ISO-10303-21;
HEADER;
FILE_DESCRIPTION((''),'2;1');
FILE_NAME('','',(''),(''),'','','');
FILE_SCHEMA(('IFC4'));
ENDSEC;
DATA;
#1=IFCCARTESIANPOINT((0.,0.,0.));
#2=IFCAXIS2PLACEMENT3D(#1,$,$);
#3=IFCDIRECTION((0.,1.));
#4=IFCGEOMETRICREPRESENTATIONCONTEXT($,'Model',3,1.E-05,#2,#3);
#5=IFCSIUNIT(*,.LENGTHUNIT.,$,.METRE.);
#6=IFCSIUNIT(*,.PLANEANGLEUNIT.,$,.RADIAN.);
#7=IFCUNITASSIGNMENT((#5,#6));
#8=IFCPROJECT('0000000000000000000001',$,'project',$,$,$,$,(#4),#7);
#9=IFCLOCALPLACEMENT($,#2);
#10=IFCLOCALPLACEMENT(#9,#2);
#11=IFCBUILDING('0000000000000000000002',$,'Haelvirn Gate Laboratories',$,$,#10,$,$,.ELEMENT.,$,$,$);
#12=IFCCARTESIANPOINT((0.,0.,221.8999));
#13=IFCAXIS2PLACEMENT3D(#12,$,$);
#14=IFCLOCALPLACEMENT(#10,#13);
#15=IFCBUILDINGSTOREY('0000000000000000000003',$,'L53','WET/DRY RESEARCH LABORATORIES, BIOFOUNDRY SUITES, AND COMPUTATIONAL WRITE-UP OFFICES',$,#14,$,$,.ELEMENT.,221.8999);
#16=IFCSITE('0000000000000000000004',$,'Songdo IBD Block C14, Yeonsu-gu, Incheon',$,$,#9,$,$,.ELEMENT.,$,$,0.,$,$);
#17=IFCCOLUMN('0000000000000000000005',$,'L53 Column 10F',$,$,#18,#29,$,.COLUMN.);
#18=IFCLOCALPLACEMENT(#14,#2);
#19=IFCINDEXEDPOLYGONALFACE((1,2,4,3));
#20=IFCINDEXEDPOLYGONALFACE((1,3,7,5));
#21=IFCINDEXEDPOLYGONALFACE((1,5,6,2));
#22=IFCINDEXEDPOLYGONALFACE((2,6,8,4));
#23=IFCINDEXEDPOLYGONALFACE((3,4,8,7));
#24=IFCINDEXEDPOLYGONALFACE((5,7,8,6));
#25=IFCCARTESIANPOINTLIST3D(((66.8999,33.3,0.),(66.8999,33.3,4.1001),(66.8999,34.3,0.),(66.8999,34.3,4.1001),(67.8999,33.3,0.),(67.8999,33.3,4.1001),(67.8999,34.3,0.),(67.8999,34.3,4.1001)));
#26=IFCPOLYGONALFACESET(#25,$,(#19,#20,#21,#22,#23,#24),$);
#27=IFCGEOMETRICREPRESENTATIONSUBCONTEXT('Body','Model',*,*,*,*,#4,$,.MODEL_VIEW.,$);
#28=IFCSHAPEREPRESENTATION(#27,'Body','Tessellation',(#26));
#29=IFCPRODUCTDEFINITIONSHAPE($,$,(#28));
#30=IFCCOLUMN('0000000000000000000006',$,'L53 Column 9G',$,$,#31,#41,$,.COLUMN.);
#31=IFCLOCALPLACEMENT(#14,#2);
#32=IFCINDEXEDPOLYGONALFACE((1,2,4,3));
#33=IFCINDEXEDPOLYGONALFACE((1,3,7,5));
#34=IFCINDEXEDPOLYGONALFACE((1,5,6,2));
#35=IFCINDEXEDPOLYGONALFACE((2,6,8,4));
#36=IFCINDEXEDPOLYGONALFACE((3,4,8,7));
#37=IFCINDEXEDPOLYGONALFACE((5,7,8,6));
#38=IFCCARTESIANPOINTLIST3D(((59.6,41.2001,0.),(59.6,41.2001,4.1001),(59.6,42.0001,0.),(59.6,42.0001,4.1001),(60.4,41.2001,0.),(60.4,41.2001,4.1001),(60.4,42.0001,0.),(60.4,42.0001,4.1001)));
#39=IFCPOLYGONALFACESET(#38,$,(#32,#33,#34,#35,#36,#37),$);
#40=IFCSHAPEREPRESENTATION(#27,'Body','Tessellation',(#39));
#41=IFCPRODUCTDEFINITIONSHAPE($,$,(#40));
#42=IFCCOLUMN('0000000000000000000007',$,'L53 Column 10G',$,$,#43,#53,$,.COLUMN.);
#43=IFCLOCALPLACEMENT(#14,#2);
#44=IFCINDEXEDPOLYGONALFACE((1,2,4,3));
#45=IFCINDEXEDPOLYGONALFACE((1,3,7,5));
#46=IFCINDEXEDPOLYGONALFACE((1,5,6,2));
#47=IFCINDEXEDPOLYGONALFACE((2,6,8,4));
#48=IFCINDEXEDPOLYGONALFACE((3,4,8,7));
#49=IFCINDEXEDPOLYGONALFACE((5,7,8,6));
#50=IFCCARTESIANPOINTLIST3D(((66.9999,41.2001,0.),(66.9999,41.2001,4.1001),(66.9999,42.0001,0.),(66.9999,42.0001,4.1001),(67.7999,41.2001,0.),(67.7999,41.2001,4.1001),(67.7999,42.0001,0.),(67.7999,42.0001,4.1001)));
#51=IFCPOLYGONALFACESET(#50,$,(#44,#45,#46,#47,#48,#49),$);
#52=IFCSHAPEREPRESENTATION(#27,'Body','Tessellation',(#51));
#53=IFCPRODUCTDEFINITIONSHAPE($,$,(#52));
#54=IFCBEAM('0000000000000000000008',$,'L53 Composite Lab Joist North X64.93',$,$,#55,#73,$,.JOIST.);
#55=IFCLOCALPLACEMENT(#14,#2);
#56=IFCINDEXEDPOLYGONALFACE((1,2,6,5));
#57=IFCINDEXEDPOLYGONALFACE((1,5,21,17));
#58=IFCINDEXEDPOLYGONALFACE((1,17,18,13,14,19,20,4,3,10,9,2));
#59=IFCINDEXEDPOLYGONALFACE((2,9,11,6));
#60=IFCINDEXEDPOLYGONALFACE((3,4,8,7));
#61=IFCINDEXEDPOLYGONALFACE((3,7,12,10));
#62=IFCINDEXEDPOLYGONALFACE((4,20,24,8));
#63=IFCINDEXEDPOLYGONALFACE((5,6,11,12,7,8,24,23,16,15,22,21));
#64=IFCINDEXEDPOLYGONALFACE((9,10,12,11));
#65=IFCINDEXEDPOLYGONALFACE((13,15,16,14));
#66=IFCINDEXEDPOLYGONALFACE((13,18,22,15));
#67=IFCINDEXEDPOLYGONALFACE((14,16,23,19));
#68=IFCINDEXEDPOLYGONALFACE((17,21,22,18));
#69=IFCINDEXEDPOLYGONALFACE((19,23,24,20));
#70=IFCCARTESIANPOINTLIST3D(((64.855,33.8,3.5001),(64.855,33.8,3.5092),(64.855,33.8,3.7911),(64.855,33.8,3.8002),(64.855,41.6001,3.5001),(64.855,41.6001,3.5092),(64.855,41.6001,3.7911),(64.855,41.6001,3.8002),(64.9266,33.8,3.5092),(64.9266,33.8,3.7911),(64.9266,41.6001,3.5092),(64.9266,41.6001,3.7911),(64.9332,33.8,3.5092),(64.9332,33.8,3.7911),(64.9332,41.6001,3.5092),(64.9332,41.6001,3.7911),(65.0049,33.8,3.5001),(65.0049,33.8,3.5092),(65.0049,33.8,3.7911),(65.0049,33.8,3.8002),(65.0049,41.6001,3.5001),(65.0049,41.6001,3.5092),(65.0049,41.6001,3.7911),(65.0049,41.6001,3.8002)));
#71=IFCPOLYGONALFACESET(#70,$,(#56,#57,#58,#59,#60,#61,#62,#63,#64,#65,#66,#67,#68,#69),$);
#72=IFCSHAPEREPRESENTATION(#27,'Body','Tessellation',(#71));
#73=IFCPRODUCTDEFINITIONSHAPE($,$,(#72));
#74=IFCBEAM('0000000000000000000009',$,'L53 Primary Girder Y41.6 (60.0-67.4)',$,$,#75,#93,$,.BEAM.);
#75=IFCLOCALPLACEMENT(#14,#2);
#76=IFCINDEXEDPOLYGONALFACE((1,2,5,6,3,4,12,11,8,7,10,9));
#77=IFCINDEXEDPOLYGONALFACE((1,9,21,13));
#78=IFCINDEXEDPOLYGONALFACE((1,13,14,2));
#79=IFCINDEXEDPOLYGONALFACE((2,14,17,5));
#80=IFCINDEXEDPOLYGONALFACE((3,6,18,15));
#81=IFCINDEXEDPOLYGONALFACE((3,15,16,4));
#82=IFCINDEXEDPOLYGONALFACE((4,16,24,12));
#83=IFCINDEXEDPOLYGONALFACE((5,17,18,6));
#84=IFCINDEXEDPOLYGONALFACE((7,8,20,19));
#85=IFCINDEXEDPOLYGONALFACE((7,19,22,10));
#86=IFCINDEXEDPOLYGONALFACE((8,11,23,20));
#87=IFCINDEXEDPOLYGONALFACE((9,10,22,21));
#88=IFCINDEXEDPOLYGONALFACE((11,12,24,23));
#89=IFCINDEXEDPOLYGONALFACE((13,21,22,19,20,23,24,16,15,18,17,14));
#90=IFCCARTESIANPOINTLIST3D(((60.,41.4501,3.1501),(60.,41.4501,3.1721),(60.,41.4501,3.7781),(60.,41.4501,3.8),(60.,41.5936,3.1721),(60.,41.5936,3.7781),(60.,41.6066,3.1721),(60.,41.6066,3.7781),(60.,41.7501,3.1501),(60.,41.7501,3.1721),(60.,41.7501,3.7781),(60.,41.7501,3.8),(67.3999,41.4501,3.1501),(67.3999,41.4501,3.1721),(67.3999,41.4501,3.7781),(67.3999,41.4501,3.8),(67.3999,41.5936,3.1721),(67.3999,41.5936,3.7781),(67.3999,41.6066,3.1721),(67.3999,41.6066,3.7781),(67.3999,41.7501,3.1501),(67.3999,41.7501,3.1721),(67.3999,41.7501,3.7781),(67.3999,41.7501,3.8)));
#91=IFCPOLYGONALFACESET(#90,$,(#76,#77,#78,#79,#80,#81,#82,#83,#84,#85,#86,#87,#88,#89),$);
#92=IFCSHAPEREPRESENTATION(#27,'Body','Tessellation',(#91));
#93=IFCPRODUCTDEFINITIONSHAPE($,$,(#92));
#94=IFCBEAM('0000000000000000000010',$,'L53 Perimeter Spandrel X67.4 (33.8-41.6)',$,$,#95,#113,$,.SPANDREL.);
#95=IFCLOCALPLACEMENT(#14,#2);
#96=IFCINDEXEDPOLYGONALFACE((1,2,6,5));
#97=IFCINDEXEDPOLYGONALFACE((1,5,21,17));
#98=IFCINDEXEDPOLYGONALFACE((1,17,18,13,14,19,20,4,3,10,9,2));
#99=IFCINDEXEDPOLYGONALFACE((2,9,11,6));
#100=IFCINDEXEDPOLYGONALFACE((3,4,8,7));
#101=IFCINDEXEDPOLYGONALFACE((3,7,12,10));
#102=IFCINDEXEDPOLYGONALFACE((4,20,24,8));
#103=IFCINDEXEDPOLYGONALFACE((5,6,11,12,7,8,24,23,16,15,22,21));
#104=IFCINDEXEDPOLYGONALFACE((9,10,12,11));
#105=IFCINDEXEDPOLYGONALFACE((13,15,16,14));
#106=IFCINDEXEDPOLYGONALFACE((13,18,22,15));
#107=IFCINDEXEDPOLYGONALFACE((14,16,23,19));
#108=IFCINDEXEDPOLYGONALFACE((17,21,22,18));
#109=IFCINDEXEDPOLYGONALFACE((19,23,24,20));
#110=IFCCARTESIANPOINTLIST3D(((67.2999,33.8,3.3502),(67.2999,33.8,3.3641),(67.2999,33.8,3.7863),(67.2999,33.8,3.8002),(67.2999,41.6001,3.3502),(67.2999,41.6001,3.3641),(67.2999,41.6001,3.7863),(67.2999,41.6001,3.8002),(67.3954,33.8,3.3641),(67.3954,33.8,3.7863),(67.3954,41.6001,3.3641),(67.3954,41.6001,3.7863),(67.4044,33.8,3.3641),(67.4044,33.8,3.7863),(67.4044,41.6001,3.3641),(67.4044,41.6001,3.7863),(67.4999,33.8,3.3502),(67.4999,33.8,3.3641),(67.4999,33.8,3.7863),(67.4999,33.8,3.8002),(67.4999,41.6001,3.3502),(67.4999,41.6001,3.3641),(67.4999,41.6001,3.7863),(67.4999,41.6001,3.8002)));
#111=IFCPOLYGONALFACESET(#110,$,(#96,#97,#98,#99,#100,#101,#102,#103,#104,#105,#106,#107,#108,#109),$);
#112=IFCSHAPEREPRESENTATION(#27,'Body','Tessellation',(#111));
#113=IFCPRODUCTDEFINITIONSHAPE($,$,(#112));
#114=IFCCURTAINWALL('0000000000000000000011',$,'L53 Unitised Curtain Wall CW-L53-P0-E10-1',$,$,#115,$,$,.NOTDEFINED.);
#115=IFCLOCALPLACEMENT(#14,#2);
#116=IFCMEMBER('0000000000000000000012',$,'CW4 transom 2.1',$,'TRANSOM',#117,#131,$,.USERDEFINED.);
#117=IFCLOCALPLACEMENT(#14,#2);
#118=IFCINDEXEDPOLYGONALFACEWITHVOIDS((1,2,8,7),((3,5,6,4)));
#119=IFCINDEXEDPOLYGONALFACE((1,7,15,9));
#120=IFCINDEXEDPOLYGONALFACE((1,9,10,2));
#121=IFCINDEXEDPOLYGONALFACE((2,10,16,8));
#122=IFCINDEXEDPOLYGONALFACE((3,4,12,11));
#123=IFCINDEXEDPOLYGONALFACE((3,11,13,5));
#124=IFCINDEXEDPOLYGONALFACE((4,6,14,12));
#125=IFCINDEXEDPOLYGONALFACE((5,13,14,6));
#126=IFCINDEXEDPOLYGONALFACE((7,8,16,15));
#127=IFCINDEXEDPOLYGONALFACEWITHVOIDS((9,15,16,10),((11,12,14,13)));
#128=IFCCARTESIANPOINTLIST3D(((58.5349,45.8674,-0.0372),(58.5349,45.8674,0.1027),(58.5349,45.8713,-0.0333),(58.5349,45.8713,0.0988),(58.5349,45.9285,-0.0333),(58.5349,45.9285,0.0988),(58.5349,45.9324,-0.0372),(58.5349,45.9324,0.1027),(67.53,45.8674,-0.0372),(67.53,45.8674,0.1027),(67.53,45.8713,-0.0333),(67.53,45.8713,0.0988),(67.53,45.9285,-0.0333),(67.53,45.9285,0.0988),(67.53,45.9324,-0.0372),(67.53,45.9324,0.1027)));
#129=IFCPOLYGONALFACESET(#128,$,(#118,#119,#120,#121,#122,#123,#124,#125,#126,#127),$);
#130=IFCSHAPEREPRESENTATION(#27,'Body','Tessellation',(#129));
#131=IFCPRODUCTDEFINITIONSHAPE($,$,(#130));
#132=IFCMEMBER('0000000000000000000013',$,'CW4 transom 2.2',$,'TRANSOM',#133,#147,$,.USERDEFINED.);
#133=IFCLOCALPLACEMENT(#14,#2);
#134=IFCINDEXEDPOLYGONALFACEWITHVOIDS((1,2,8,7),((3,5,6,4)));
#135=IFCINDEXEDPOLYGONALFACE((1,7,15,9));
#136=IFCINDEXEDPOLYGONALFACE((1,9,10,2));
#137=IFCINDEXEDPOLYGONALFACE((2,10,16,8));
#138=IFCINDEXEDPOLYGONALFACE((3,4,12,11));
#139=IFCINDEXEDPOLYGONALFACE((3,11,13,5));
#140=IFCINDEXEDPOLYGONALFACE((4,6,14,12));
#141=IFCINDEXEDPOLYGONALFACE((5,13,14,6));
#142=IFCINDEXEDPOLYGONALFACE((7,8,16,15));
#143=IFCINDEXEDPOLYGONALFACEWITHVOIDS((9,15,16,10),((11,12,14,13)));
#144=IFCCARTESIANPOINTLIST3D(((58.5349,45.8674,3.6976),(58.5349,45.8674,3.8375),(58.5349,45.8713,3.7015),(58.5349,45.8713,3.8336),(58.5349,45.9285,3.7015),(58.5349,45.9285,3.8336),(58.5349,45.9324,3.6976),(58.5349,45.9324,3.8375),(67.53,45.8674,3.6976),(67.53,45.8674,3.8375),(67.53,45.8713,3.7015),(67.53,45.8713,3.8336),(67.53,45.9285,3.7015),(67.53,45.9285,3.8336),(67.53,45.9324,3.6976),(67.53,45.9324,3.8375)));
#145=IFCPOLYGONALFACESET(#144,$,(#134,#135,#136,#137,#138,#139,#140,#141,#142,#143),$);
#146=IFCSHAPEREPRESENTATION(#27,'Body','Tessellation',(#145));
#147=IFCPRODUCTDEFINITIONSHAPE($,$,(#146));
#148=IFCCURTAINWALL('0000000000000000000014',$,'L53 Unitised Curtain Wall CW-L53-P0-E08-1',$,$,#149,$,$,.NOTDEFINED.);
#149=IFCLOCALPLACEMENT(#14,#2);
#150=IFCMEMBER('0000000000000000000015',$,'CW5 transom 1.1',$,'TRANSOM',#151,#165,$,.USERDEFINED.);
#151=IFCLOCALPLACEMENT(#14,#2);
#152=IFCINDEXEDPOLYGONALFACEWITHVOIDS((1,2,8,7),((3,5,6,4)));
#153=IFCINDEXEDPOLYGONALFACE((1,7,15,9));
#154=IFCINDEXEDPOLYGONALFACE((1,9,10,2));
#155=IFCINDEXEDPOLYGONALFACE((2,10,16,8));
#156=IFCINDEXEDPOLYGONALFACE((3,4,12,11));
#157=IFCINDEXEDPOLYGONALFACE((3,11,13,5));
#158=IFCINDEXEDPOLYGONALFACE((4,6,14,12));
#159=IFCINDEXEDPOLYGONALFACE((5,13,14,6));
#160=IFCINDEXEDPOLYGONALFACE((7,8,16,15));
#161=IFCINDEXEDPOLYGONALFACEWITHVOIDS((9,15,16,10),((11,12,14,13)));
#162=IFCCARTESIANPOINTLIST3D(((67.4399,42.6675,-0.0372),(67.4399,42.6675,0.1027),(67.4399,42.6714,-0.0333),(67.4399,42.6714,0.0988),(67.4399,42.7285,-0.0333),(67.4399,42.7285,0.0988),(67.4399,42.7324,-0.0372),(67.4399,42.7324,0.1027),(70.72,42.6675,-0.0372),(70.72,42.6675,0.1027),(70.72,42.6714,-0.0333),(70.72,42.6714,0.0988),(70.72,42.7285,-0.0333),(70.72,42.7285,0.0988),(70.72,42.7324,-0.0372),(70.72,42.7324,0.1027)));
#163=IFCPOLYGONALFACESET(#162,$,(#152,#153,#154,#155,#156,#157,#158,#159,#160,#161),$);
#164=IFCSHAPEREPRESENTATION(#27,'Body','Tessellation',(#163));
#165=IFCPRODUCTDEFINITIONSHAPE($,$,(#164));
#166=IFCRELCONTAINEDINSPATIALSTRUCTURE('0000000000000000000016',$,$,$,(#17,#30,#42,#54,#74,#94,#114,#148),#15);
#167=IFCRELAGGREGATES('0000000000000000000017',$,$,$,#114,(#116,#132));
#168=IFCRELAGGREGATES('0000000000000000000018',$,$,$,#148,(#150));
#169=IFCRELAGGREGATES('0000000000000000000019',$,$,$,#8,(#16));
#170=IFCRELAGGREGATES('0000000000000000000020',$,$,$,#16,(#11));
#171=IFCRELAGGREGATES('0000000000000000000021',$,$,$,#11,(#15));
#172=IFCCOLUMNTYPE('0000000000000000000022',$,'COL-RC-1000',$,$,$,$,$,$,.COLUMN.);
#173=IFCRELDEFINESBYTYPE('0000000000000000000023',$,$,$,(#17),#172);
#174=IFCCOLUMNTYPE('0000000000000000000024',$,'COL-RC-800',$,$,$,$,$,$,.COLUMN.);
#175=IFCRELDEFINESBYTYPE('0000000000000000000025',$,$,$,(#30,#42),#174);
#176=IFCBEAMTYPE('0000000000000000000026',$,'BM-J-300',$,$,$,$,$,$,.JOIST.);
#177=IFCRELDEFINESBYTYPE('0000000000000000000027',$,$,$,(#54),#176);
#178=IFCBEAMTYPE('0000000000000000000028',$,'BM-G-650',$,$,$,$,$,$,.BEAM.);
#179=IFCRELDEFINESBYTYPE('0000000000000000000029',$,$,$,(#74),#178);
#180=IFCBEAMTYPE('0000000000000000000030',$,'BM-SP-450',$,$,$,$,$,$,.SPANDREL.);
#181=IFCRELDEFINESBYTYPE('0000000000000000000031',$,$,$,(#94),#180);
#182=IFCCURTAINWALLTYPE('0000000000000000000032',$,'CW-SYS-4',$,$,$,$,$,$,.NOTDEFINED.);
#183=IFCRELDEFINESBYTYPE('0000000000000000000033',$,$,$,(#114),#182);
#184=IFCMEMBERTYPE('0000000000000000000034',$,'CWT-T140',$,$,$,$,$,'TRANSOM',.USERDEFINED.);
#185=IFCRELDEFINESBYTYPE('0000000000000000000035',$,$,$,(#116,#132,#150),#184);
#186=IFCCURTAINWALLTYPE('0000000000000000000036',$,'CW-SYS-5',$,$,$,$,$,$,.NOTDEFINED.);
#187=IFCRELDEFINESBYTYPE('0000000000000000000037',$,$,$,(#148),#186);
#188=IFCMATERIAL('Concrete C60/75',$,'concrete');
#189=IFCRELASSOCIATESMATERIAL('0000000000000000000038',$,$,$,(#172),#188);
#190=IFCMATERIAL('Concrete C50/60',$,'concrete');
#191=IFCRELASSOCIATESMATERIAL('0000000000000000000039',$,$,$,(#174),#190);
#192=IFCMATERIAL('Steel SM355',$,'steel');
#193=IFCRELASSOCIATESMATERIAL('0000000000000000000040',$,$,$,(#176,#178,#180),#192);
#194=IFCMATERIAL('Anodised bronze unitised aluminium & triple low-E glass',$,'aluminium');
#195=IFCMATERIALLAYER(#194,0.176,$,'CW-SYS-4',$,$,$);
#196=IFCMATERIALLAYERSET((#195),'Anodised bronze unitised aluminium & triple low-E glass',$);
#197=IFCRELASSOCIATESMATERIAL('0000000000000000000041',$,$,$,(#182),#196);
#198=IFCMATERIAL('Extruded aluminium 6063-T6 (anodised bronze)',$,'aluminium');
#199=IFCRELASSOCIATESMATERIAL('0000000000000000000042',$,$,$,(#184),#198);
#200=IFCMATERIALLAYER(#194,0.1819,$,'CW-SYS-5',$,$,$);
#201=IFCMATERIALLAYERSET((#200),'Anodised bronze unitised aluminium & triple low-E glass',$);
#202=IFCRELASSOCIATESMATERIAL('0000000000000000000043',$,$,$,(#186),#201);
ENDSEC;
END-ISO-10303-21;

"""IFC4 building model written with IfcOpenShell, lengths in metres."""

from ifc_helpers import new_model, si_unit, direction, frame, origin, origin_2d, place, context, subcontext, project, spatial, rectangle, hollow_rectangle, i_section, extrude, source, transform, mapped, material, layer, layer_set, material_profile, profile_set, type_object, type_shapes, element, aggregate, save


model = new_model("IFC4")

# Units and contexts
model_context = context("Model", 3, precision=1e-05, world=origin(), true_north=direction((0.0, 1.0)))
body_context = subcontext(model_context, "Body", "Model", "MODEL_VIEW")
ifc_project = project(units=[si_unit("LENGTHUNIT", "METRE"), si_unit("PLANEANGLEUNIT", "RADIAN")], contexts=[model_context])

# Site, building, storey
site_placement = place(None, origin())
site = spatial("IfcSite", under=ifc_project, at=site_placement, Name="Songdo IBD Block C14, Yeonsu-gu, Incheon", CompositionType="ELEMENT", RefElevation=0.0)
building_placement = place(site_placement, origin())
building = spatial("IfcBuilding", under=site, at=building_placement, Name="Haelvirn Gate Laboratories", CompositionType="ELEMENT")
storey_placement = place(building_placement, frame((0.0, 0.0, 221.8999)))
storey = spatial("IfcBuildingStorey", under=building, at=storey_placement, Name="L53", Description="WET/DRY RESEARCH LABORATORIES, BIOFOUNDRY SUITES, AND COMPUTATIONAL WRITE-UP OFFICES", CompositionType="ELEMENT", Elevation=221.8999)

# Columns
ifc_material_1 = material(Name="Concrete C60/75", Category="concrete")
ifc_material_profile_1 = material_profile(ifc_material_1, rectangle(XDim=1.0, YDim=1.0, at=origin_2d()), Name="RC-1000x1000")
ifc_profile_set_1 = profile_set([ifc_material_profile_1], Name="Concrete C60/75")
column_type_1 = type_object("IfcColumnType", Name="COL-RC-1000", PredefinedType="COLUMN", material=ifc_profile_set_1)
shared_shape_1 = source(origin(), body_context, "Body", "SweptSolid", [
    extrude(rectangle(XDim=1.0, YDim=1.0, at=origin_2d()), origin(), (0.0, 0.0, 1.0), 4.1001),
])
type_shapes(column_type_1, [shared_shape_1])
column_placement = place(storey_placement, frame((67.3999, 33.8, 0.0), z_axis=(0.0, 0.0, 1.0), x_axis=(1.0, 0.0, 0.0)))
element("IfcColumn", 1, at=column_placement, inside=storey, type_object=column_type_1, Name="L53 Column 10F", PredefinedType="COLUMN", context=body_context, shape_type="MappedRepresentation", body=[
    mapped(shared_shape_1, transform((0.0, 0.0, 0.0), scale=1.0)),
])
ifc_material_2 = material(Name="Concrete C50/60", Category="concrete")
ifc_material_profile_2 = material_profile(ifc_material_2, rectangle(XDim=0.8, YDim=0.8, at=origin_2d()), Name="RC-800x800")
ifc_profile_set_2 = profile_set([ifc_material_profile_2], Name="Concrete C50/60")
column_type_2 = type_object("IfcColumnType", Name="COL-RC-800", PredefinedType="COLUMN", material=ifc_profile_set_2)
shared_shape_2 = source(origin(), body_context, "Body", "SweptSolid", [
    extrude(rectangle(XDim=0.8, YDim=0.8, at=origin_2d()), origin(), (0.0, 0.0, 1.0), 4.1001),
])
type_shapes(column_type_2, [shared_shape_2])
for number, where, z_axis, x_axis, name in (
    (2, (60.0, 41.6001, 0.0), (0.0, 0.0, 1.0), (1.0, 0.0, 0.0), "L53 Column 9G"),
    (3, (67.3999, 41.6001, 0.0), (0.0, 0.0, 1.0), (1.0, 0.0, 0.0), "L53 Column 10G"),
):
    element("IfcColumn", number, at=place(storey_placement, frame(where, z_axis=z_axis, x_axis=x_axis)), inside=storey, type_object=column_type_2, Name=name, PredefinedType="COLUMN", context=body_context, shape_type="MappedRepresentation", body=[
        mapped(shared_shape_2, transform((0.0, 0.0, 0.0), scale=1.0)),
    ])

# Beams
ifc_material_3 = material(Name="Steel SM355", Category="steel")
ifc_material_profile_3 = material_profile(ifc_material_3, i_section(OverallWidth=0.1499, OverallDepth=0.3, WebThickness=0.0066, FlangeThickness=0.009, at=origin_2d()), Name="H-300x150x6.5x9")
ifc_profile_set_3 = profile_set([ifc_material_profile_3], Name="Steel SM355")
beam_type_1 = type_object("IfcBeamType", Name="BM-J-300", PredefinedType="JOIST", material=ifc_profile_set_3)
shared_shape_3 = source(origin(), body_context, "Body", "SweptSolid", [
    extrude(i_section(OverallWidth=0.1499, OverallDepth=0.3, WebThickness=0.0066, FlangeThickness=0.009, at=origin_2d()), origin(), (0.0, 0.0, 1.0), 7.8),
])
type_shapes(beam_type_1, [shared_shape_3])
beam_1_placement = place(storey_placement, frame((64.9299, 33.8, 3.6501), z_axis=(0.0, 1.0, 0.0), x_axis=(-1.0, 0.0, 0.0)))
element("IfcBeam", 4, at=beam_1_placement, inside=storey, type_object=beam_type_1, Name="L53 Composite Lab Joist North X64.93", PredefinedType="JOIST", context=body_context, shape_type="MappedRepresentation", body=[
    mapped(shared_shape_3, transform((0.0, 0.0, 0.0), scale=1.0)),
])
ifc_material_profile_4 = material_profile(ifc_material_3, i_section(OverallWidth=0.3, OverallDepth=0.6499, WebThickness=0.0129, FlangeThickness=0.022, at=origin_2d()), Name="H-650x300x13x22")
ifc_profile_set_4 = profile_set([ifc_material_profile_4], Name="Steel SM355")
beam_type_2 = type_object("IfcBeamType", Name="BM-G-650", PredefinedType="BEAM", material=ifc_profile_set_4)
shared_shape_4 = source(origin(), body_context, "Body", "SweptSolid", [
    extrude(i_section(OverallWidth=0.3, OverallDepth=0.6499, WebThickness=0.0129, FlangeThickness=0.022, at=origin_2d()), origin(), (0.0, 0.0, 1.0), 7.3999),
])
type_shapes(beam_type_2, [shared_shape_4])
beam_2_placement = place(storey_placement, frame((60.0, 41.6001, 3.4751), z_axis=(1.0, 0.0, 0.0), x_axis=(0.0, 1.0, 0.0)))
element("IfcBeam", 5, at=beam_2_placement, inside=storey, type_object=beam_type_2, Name="L53 Primary Girder Y41.6 (60.0-67.4)", PredefinedType="BEAM", context=body_context, shape_type="MappedRepresentation", body=[
    mapped(shared_shape_4, transform((0.0, 0.0, 0.0), scale=1.0)),
])
ifc_material_profile_5 = material_profile(ifc_material_3, i_section(OverallWidth=0.2, OverallDepth=0.45, WebThickness=0.009, FlangeThickness=0.0139, at=origin_2d()), Name="H-450x200x9x14")
ifc_profile_set_5 = profile_set([ifc_material_profile_5], Name="Steel SM355")
beam_type_3 = type_object("IfcBeamType", Name="BM-SP-450", PredefinedType="SPANDREL", material=ifc_profile_set_5)
shared_shape_5 = source(origin(), body_context, "Body", "SweptSolid", [
    extrude(i_section(OverallWidth=0.2, OverallDepth=0.45, WebThickness=0.009, FlangeThickness=0.0139, at=origin_2d()), origin(), (0.0, 0.0, 1.0), 7.8),
])
type_shapes(beam_type_3, [shared_shape_5])
beam_3_placement = place(storey_placement, frame((67.3999, 33.8, 3.5752), z_axis=(0.0, 1.0, 0.0), x_axis=(-1.0, 0.0, 0.0)))
element("IfcBeam", 6, at=beam_3_placement, inside=storey, type_object=beam_type_3, Name="L53 Perimeter Spandrel X67.4 (33.8-41.6)", PredefinedType="SPANDREL", context=body_context, shape_type="MappedRepresentation", body=[
    mapped(shared_shape_5, transform((0.0, 0.0, 0.0), scale=1.0)),
])

# Curtain walls, members
ifc_material_4 = material(Name="Anodised bronze unitised aluminium & triple low-E glass", Category="aluminium")
ifc_layer_1 = layer(ifc_material_4, 0.176, Name="CW-SYS-4")
ifc_layer_set_1 = layer_set([ifc_layer_1], Name="Anodised bronze unitised aluminium & triple low-E glass")
curtain_wall_type_1 = type_object("IfcCurtainWallType", Name="CW-SYS-4", PredefinedType="NOTDEFINED", material=ifc_layer_set_1)
curtain_wall_1_placement = place(storey_placement, origin())
curtain_wall_1 = element("IfcCurtainWall", 7, at=curtain_wall_1_placement, inside=storey, type_object=curtain_wall_type_1, Name="L53 Unitised Curtain Wall CW-L53-P0-E10-1", PredefinedType="NOTDEFINED")
ifc_material_5 = material(Name="Extruded aluminium 6063-T6 (anodised bronze)", Category="aluminium")
ifc_material_profile_6 = material_profile(ifc_material_5, hollow_rectangle(XDim=0.0649, YDim=0.1399, WallThickness=0.0039, at=origin_2d()), Name="CWT-140x65x4")
ifc_profile_set_6 = profile_set([ifc_material_profile_6], Name="Extruded aluminium 6063-T6 (anodised bronze)")
member_type_1 = type_object("IfcMemberType", Name="CWT-T140", ElementType="TRANSOM", PredefinedType="USERDEFINED", material=ifc_profile_set_6)
shared_shape_6 = source(origin(), body_context, "Body", "SweptSolid", [
    extrude(hollow_rectangle(XDim=0.0649, YDim=0.1399, WallThickness=0.0039, at=origin_2d()), origin(), (0.0, 0.0, 1.0), 8.9951),
])
member_1_placement = place(storey_placement, frame((58.5349, 45.8999, 0.0327), z_axis=(1.0, 0.0, 0.0), x_axis=(0.0, 1.0, 0.0)))
member_1 = element("IfcMember", 8, at=member_1_placement, type_object=member_type_1, Name="CW4 transom 2.1", ObjectType="TRANSOM", PredefinedType="USERDEFINED", context=body_context, shape_type="MappedRepresentation", body=[
    mapped(shared_shape_6, transform((0.0, 0.0, 0.0), scale=1.0)),
])
member_2_placement = place(storey_placement, frame((58.5349, 45.8999, 3.7676), z_axis=(1.0, 0.0, 0.0), x_axis=(0.0, 1.0, 0.0)))
member_2 = element("IfcMember", 9, at=member_2_placement, type_object=member_type_1, Name="CW4 transom 2.2", ObjectType="TRANSOM", PredefinedType="USERDEFINED", context=body_context, shape_type="MappedRepresentation", body=[
    mapped(shared_shape_6, transform((0.0, 0.0, 0.0), scale=1.0)),
])
ifc_layer_2 = layer(ifc_material_4, 0.1819, Name="CW-SYS-5")
ifc_layer_set_2 = layer_set([ifc_layer_2], Name="Anodised bronze unitised aluminium & triple low-E glass")
curtain_wall_type_2 = type_object("IfcCurtainWallType", Name="CW-SYS-5", PredefinedType="NOTDEFINED", material=ifc_layer_set_2)
curtain_wall_2_placement = place(storey_placement, origin())
curtain_wall_2 = element("IfcCurtainWall", 10, at=curtain_wall_2_placement, inside=storey, type_object=curtain_wall_type_2, Name="L53 Unitised Curtain Wall CW-L53-P0-E08-1", PredefinedType="NOTDEFINED")
shared_shape_7 = source(origin(), body_context, "Body", "SweptSolid", [
    extrude(hollow_rectangle(XDim=0.0649, YDim=0.1399, WallThickness=0.0039, at=origin_2d()), origin(), (0.0, 0.0, 1.0), 3.28),
])
type_shapes(member_type_1, [shared_shape_6, shared_shape_7])
member_3_placement = place(storey_placement, frame((67.4399, 42.7, 0.0327), z_axis=(1.0, 0.0, 0.0), x_axis=(0.0, 1.0, 0.0)))
member_3 = element("IfcMember", 11, at=member_3_placement, type_object=member_type_1, Name="CW5 transom 1.1", ObjectType="TRANSOM", PredefinedType="USERDEFINED", context=body_context, shape_type="MappedRepresentation", body=[
    mapped(shared_shape_7, transform((0.0, 0.0, 0.0), scale=1.0)),
])

aggregate(curtain_wall_1, [member_1, member_2])
aggregate(curtain_wall_2, [member_3])

save(model, "model.ifc")
